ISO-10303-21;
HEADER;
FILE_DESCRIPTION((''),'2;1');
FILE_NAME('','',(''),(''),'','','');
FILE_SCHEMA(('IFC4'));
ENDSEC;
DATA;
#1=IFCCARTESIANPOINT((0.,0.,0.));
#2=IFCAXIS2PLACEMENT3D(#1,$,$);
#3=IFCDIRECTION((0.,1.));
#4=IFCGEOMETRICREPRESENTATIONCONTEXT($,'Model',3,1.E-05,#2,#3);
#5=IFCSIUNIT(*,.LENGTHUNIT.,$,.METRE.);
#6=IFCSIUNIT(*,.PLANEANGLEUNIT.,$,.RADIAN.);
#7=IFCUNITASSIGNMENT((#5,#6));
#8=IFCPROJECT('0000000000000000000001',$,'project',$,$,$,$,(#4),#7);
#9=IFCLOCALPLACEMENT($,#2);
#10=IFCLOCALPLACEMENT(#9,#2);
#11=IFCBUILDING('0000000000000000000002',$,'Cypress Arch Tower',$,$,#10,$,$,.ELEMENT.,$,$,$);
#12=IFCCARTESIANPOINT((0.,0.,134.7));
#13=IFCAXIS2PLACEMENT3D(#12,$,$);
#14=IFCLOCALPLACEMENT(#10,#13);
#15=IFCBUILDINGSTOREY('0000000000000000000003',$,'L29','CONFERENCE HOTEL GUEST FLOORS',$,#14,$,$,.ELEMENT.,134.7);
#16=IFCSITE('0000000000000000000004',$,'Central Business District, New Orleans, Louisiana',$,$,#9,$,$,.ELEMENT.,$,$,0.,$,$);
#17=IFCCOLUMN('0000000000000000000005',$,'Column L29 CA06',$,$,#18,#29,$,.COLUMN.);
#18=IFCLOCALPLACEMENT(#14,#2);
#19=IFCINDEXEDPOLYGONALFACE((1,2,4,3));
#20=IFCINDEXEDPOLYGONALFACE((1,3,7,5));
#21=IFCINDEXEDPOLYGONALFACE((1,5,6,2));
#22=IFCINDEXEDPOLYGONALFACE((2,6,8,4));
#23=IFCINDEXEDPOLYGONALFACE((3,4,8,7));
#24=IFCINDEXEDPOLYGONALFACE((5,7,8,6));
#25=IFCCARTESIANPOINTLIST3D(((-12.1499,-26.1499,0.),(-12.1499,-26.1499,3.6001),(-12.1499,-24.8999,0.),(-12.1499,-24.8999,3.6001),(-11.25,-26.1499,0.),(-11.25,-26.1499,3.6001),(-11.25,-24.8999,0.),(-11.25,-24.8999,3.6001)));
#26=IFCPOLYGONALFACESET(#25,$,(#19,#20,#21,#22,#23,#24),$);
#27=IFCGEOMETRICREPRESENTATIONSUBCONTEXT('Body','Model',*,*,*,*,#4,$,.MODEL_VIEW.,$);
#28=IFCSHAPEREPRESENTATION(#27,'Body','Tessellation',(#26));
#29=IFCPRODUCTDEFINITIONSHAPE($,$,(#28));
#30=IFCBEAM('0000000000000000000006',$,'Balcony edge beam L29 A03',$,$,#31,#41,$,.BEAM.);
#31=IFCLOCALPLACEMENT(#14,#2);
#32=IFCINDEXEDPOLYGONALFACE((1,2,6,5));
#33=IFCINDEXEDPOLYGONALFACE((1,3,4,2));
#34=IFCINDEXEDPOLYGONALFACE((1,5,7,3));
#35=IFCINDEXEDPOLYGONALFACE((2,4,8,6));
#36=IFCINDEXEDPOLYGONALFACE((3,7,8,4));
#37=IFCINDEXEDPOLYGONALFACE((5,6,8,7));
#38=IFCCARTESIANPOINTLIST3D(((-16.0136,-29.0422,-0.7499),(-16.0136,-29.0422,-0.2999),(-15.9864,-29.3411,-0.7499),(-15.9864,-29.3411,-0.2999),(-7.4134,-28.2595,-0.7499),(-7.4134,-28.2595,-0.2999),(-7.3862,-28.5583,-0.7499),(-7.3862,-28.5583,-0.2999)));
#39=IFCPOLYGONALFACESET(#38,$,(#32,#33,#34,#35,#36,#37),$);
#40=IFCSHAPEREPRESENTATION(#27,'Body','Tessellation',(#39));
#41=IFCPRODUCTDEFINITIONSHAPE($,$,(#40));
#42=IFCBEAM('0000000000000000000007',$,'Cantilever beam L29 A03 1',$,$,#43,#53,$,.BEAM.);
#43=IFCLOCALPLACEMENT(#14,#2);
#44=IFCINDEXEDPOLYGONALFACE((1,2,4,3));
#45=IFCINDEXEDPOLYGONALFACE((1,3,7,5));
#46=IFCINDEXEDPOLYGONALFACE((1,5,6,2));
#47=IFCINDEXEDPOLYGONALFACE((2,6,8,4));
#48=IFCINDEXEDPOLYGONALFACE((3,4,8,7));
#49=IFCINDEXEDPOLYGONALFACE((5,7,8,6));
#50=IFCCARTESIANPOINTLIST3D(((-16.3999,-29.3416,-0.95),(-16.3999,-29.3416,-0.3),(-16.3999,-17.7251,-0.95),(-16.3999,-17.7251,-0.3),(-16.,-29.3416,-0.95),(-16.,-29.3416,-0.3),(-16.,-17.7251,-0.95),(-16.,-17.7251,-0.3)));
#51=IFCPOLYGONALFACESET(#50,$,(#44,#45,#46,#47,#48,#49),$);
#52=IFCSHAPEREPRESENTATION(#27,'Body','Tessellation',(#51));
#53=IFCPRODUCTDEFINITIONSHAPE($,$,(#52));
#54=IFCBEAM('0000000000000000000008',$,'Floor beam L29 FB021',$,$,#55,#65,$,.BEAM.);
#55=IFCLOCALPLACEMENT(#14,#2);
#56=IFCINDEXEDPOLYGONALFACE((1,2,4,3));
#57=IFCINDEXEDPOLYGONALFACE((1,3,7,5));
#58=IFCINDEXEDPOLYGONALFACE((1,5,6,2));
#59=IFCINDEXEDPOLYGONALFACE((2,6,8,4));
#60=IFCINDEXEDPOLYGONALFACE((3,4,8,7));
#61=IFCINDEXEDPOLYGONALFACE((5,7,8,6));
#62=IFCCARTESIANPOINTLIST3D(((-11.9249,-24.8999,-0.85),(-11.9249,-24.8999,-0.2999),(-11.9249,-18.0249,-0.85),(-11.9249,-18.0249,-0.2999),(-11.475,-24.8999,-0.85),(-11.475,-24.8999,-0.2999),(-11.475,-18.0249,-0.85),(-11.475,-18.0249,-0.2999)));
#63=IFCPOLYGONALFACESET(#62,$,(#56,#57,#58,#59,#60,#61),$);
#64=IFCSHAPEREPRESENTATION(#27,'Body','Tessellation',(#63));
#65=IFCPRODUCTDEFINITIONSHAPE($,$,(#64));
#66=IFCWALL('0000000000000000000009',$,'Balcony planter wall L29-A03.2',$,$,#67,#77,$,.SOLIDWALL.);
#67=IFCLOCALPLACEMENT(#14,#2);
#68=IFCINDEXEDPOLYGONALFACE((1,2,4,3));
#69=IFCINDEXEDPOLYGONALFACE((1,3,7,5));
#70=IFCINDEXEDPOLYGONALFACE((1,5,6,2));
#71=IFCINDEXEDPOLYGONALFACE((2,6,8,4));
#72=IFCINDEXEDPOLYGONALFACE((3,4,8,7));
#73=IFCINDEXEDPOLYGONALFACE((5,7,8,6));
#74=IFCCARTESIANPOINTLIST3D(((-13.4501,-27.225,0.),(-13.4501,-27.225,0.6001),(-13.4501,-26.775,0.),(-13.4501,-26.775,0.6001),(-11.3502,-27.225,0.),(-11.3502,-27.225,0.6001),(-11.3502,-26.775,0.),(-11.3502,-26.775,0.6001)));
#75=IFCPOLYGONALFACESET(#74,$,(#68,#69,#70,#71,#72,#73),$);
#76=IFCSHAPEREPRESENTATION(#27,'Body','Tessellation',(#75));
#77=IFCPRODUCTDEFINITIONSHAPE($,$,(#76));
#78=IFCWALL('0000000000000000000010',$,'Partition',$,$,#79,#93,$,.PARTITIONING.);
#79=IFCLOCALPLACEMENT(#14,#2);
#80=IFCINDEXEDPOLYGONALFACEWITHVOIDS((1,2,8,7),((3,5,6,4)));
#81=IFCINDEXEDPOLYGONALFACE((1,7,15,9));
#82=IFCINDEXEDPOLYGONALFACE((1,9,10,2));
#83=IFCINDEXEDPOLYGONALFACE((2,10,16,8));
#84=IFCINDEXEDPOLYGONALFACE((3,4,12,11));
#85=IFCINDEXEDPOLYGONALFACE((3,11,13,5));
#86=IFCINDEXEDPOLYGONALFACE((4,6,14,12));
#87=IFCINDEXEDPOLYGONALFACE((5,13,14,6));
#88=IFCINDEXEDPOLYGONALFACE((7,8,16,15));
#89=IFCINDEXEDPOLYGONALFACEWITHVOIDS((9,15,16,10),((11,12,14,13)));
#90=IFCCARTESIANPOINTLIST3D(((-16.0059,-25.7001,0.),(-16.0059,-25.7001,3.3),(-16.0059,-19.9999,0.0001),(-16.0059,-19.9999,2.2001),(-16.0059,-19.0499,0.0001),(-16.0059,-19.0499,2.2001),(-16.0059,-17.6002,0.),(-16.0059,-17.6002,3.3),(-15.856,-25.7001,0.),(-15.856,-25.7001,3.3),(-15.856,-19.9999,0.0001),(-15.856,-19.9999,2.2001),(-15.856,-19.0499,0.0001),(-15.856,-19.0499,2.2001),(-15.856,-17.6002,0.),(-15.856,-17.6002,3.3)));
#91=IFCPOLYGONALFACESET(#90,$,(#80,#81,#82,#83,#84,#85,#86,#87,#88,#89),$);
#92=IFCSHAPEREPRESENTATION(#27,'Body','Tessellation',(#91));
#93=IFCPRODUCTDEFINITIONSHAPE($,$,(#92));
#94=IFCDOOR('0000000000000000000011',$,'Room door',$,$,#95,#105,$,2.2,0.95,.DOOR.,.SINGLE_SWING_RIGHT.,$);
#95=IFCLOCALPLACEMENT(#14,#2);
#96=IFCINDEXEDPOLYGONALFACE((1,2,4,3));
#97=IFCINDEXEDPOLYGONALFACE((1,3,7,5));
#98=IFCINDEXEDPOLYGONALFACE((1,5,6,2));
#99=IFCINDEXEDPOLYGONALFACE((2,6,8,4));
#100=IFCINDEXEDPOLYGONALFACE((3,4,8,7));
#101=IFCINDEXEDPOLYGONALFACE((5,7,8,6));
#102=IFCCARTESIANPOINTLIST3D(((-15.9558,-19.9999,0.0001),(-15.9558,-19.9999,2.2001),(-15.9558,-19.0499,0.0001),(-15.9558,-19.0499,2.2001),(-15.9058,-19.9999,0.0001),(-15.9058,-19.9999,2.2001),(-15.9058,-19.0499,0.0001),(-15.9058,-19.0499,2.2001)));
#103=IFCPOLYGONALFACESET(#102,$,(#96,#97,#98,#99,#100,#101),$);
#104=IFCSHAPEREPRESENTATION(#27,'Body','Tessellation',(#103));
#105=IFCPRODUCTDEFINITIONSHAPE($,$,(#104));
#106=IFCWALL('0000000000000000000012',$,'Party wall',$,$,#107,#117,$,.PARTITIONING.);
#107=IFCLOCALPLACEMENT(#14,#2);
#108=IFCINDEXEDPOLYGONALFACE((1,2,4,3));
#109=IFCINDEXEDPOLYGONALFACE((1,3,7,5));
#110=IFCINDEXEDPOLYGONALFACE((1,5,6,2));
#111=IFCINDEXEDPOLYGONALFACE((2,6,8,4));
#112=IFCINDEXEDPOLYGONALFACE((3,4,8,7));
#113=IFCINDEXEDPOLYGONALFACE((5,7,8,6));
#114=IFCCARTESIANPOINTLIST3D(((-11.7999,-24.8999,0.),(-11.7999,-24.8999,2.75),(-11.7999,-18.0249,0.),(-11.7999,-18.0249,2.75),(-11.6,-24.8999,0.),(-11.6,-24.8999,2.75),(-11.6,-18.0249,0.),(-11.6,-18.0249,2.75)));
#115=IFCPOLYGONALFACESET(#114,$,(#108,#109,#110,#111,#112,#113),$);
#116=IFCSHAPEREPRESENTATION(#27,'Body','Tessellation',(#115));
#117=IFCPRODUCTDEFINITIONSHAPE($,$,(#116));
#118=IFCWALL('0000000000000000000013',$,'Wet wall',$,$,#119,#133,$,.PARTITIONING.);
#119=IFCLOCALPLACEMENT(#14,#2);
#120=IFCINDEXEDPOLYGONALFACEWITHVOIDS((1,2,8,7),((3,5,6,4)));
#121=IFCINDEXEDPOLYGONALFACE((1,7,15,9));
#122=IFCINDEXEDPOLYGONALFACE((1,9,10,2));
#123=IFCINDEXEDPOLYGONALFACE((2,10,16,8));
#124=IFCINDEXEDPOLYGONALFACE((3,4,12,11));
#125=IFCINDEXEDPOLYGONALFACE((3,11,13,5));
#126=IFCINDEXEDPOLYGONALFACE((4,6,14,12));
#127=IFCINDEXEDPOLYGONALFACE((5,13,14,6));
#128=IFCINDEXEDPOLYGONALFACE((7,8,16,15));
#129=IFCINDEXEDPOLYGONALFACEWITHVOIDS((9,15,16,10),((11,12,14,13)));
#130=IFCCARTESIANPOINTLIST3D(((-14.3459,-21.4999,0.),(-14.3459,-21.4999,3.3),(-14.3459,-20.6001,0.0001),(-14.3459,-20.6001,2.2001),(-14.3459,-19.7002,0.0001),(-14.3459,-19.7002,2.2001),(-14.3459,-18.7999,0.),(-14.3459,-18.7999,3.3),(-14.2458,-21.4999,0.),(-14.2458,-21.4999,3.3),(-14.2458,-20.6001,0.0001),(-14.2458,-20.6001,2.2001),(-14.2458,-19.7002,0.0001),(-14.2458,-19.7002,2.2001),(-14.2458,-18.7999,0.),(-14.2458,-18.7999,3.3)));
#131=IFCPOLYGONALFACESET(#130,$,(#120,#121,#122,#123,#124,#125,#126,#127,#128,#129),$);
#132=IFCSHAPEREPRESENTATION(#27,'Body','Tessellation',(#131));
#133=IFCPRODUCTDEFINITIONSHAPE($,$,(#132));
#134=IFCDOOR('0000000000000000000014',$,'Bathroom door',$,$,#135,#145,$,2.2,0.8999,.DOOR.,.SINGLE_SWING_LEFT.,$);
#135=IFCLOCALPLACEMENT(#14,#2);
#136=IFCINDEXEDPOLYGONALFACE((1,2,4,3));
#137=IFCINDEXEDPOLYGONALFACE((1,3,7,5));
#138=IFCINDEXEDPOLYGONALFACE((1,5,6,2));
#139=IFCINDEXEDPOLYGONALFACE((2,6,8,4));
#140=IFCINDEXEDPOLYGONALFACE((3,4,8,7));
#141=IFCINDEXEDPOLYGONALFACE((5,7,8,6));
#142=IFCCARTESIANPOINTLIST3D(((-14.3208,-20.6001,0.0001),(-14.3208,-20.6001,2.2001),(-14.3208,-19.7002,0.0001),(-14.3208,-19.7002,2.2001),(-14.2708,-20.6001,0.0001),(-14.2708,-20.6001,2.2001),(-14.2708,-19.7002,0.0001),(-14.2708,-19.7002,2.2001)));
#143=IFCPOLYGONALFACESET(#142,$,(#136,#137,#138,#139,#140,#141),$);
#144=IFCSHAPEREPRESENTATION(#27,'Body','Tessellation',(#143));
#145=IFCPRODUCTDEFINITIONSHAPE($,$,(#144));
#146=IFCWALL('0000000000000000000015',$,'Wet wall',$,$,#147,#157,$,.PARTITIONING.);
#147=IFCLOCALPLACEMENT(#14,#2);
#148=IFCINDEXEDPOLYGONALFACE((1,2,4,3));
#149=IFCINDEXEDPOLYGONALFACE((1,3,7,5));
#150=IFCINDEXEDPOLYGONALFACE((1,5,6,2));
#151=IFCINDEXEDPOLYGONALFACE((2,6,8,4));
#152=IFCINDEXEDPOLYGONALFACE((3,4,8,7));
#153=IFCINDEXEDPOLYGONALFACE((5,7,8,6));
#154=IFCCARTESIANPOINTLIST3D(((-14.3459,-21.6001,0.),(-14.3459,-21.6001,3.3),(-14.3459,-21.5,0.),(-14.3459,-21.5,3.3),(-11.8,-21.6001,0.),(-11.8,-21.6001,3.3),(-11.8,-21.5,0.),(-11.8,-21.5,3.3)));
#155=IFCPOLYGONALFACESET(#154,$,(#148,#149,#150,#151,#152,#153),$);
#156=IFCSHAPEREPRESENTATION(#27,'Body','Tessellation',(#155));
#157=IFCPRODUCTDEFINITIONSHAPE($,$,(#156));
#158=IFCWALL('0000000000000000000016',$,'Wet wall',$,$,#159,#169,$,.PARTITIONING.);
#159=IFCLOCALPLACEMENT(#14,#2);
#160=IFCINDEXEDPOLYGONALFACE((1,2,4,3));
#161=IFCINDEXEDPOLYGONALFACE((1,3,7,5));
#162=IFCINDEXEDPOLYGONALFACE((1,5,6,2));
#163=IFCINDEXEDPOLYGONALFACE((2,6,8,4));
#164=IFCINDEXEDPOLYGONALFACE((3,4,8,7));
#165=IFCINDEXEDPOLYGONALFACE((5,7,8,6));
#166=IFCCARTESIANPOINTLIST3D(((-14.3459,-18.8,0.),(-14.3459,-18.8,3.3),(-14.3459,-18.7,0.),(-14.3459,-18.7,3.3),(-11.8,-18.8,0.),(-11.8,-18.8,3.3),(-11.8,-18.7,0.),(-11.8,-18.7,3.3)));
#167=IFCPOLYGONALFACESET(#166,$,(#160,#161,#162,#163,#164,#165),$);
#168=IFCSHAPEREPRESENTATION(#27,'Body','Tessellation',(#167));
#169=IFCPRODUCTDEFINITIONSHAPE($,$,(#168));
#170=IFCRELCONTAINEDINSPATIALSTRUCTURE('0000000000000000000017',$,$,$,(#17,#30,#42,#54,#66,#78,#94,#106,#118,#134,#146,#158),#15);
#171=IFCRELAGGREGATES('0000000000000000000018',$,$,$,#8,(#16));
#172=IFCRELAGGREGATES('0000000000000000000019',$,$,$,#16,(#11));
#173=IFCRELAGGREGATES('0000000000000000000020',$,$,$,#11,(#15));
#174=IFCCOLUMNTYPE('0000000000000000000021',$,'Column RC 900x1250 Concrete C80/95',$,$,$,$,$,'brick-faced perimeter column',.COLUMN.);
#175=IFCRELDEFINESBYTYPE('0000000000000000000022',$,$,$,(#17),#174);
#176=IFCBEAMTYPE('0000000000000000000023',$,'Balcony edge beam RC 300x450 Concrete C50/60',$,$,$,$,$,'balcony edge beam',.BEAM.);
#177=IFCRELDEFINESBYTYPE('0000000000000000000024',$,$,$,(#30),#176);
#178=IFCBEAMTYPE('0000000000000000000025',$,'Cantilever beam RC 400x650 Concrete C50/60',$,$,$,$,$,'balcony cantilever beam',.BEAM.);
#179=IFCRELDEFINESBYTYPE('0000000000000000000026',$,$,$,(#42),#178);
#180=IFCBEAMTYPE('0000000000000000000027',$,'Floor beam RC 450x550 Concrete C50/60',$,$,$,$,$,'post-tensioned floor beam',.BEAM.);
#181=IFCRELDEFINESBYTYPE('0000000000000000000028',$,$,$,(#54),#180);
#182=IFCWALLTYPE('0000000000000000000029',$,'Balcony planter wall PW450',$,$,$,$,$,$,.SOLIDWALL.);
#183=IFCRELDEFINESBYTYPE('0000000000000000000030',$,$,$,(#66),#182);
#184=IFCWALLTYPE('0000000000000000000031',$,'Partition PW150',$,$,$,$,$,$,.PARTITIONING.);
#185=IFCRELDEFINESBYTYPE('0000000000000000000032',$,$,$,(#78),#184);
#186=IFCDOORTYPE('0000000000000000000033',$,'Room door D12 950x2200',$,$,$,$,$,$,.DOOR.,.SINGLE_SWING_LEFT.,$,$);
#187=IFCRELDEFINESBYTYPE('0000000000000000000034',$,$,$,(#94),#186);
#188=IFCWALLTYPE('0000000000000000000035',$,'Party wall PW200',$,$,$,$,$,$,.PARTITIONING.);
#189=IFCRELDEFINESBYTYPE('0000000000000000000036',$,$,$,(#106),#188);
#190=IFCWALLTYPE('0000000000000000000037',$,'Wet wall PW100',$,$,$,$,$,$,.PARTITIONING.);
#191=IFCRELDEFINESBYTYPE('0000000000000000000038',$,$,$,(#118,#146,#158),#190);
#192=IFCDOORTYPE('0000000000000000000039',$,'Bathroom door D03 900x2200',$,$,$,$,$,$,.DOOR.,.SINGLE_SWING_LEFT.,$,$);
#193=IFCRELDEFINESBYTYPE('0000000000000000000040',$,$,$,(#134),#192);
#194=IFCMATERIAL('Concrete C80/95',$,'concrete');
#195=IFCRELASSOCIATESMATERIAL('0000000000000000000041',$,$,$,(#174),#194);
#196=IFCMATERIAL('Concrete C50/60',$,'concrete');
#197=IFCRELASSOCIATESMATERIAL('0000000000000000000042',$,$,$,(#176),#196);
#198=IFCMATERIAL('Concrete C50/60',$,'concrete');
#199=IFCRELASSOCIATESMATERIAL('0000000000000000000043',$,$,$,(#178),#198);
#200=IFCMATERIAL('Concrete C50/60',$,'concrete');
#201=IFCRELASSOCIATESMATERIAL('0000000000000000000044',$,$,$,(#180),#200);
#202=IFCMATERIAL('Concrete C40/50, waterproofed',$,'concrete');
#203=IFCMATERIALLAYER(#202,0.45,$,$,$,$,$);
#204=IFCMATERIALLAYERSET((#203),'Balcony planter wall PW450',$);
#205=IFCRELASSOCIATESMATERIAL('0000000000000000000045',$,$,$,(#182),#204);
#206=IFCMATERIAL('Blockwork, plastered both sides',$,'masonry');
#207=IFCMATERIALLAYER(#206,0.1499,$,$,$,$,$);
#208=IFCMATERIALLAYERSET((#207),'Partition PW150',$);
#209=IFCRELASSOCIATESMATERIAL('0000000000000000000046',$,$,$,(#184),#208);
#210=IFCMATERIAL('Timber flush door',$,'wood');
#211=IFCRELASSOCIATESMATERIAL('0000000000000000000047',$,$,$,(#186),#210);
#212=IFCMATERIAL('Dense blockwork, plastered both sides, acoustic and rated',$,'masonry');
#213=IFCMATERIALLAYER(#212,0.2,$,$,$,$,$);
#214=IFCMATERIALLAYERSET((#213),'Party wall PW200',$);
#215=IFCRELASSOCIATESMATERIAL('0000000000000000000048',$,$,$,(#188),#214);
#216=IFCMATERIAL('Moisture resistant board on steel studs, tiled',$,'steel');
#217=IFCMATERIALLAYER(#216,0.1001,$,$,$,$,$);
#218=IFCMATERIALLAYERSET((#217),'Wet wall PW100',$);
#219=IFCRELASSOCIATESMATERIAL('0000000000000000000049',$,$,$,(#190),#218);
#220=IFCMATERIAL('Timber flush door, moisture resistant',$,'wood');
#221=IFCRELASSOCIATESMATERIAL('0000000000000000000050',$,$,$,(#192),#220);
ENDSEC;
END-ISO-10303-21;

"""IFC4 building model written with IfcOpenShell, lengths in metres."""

from ifc_helpers import new_model, si_unit, direction, frame, frame_2d, origin, origin_2d, place, context, subcontext, project, spatial, rectangle, extrude, material, layer, layer_set, material_profile, profile_set, type_object, element, fill, save


model = new_model("IFC4")

# Units and contexts
model_context = context("Model", 3, precision=1e-05, world=origin(), true_north=direction((0.0, 1.0)))
body_context = subcontext(model_context, "Body", "Model", "MODEL_VIEW")
ifc_project = project(units=[si_unit("LENGTHUNIT", "METRE"), si_unit("PLANEANGLEUNIT", "RADIAN")], contexts=[model_context])

# Site, building, storey
site_placement = place(None, origin())
site = spatial("IfcSite", under=ifc_project, at=site_placement, Name="Central Business District, New Orleans, Louisiana", CompositionType="ELEMENT", RefElevation=0.0)
building_placement = place(site_placement, origin())
building = spatial("IfcBuilding", under=site, at=building_placement, Name="Cypress Arch Tower", CompositionType="ELEMENT")
storey_placement = place(building_placement, frame((0.0, 0.0, 134.7)))
storey = spatial("IfcBuildingStorey", under=building, at=storey_placement, Name="L29", Description="CONFERENCE HOTEL GUEST FLOORS", CompositionType="ELEMENT", Elevation=134.7)

# Column
ifc_material_1 = material(Name="Concrete C80/95", Category="concrete")
ifc_material_profile_1 = material_profile(ifc_material_1, rectangle(XDim=0.8999, YDim=1.25, at=origin_2d()), Name="RC 900x1250")
ifc_profile_set_1 = profile_set([ifc_material_profile_1], Name="Concrete C80/95")
column_type = type_object("IfcColumnType", Name="Column RC 900x1250 Concrete C80/95", ElementType="brick-faced perimeter column", PredefinedType="COLUMN", material=ifc_profile_set_1)
column_placement = place(storey_placement, frame((-11.7, -25.5249, 0.0), z_axis=(0.0, 0.0, 1.0), x_axis=(1.0, 0.0, 0.0)))
element("IfcColumn", 1, at=column_placement, inside=storey, type_object=column_type, Name="Column L29 CA06", PredefinedType="COLUMN", context=body_context, shape_type="SweptSolid", body=[
    extrude(rectangle(XDim=0.8999, YDim=1.25, at=origin_2d()), origin(), (0.0, 0.0, 1.0), 3.6001),
])

# Beams
ifc_material_2 = material(Name="Concrete C50/60", Category="concrete")
ifc_material_profile_2 = material_profile(ifc_material_2, rectangle(XDim=0.3, YDim=0.45, at=origin_2d()), Name="RC 300x450")
ifc_profile_set_2 = profile_set([ifc_material_profile_2], Name="Concrete C50/60")
beam_type_1 = type_object("IfcBeamType", Name="Balcony edge beam RC 300x450 Concrete C50/60", ElementType="balcony edge beam", PredefinedType="BEAM", material=ifc_profile_set_2)
beam_1_placement = place(storey_placement, frame((-16.0, -29.1917, -0.5249), z_axis=(0.995884, 0.090638, 0.0), x_axis=(-0.090638, 0.995884, 0.0)))
element("IfcBeam", 2, at=beam_1_placement, inside=storey, type_object=beam_type_1, Name="Balcony edge beam L29 A03", PredefinedType="BEAM", context=body_context, shape_type="SweptSolid", body=[
    extrude(rectangle(XDim=0.3, YDim=0.45, at=origin_2d()), origin(), (0.0, 0.0, 1.0), 8.6357),
])
ifc_material_3 = material(Name="Concrete C50/60", Category="concrete")
ifc_material_profile_3 = material_profile(ifc_material_3, rectangle(XDim=0.3999, YDim=0.6499, at=origin_2d()), Name="RC 400x650")
ifc_profile_set_3 = profile_set([ifc_material_profile_3], Name="Concrete C50/60")
beam_type_2 = type_object("IfcBeamType", Name="Cantilever beam RC 400x650 Concrete C50/60", ElementType="balcony cantilever beam", PredefinedType="BEAM", material=ifc_profile_set_3)
beam_2_placement = place(storey_placement, frame((-16.2, -17.7251, -0.625), z_axis=(0.0, -1.0, 0.0), x_axis=(1.0, 0.0, 0.0)))
element("IfcBeam", 3, at=beam_2_placement, inside=storey, type_object=beam_type_2, Name="Cantilever beam L29 A03 1", PredefinedType="BEAM", context=body_context, shape_type="SweptSolid", body=[
    extrude(rectangle(XDim=0.3999, YDim=0.6499, at=origin_2d()), origin(), (0.0, 0.0, 1.0), 11.6165),
])
ifc_material_4 = material(Name="Concrete C50/60", Category="concrete")
ifc_material_profile_4 = material_profile(ifc_material_4, rectangle(XDim=0.45, YDim=0.55, at=origin_2d()), Name="RC 450x550")
ifc_profile_set_4 = profile_set([ifc_material_profile_4], Name="Concrete C50/60")
beam_type_3 = type_object("IfcBeamType", Name="Floor beam RC 450x550 Concrete C50/60", ElementType="post-tensioned floor beam", PredefinedType="BEAM", material=ifc_profile_set_4)
beam_3_placement = place(storey_placement, frame((-11.7, -24.8999, -0.575), z_axis=(0.0, 1.0, 0.0), x_axis=(-1.0, 0.0, 0.0)))
element("IfcBeam", 4, at=beam_3_placement, inside=storey, type_object=beam_type_3, Name="Floor beam L29 FB021", PredefinedType="BEAM", context=body_context, shape_type="SweptSolid", body=[
    extrude(rectangle(XDim=0.45, YDim=0.55, at=origin_2d()), origin(), (0.0, 0.0, 1.0), 6.875),
])

# Wall
ifc_material_5 = material(Name="Concrete C40/50, waterproofed", Category="concrete")
ifc_layer_1 = layer(ifc_material_5, 0.45)
ifc_layer_set_1 = layer_set([ifc_layer_1], Name="Balcony planter wall PW450")
wall_type_1 = type_object("IfcWallType", Name="Balcony planter wall PW450", PredefinedType="SOLIDWALL", material=ifc_layer_set_1)
wall_1_placement = place(storey_placement, frame((-13.45, -27.0, 0.0), z_axis=(0.0, 0.0, 1.0), x_axis=(1.0, 0.0, 0.0)))
element("IfcWall", 5, at=wall_1_placement, inside=storey, type_object=wall_type_1, Name="Balcony planter wall L29-A03.2", PredefinedType="SOLIDWALL", context=body_context, shape_type="SweptSolid", body=[
    extrude(rectangle(XDim=2.0999, YDim=0.45, at=frame_2d((1.0498, 0.0))), origin(), (0.0, 0.0, 1.0), 0.6001),
])

# Wall, opening, door
ifc_material_6 = material(Name="Blockwork, plastered both sides", Category="masonry")
ifc_layer_2 = layer(ifc_material_6, 0.1499)
ifc_layer_set_2 = layer_set([ifc_layer_2], Name="Partition PW150")
wall_type_2 = type_object("IfcWallType", Name="Partition PW150", PredefinedType="PARTITIONING", material=ifc_layer_set_2)
wall_2_placement = place(storey_placement, frame((-15.9309, -25.7, 0.0), z_axis=(0.0, 0.0, 1.0), x_axis=(0.0, 1.0, 0.0)))
wall_2 = element("IfcWall", 6, at=wall_2_placement, inside=storey, type_object=wall_type_2, Name="Partition", PredefinedType="PARTITIONING", context=body_context, shape_type="SweptSolid", body=[
    extrude(rectangle(XDim=8.0999, YDim=0.1499, at=frame_2d((4.0498, 0.0))), origin(), (0.0, 0.0, 1.0), 3.3),
])
opening_1_placement = place(wall_2_placement, frame((5.7, 0.0, 0.0)))
opening_1 = element("IfcOpeningElement", 7, at=opening_1_placement, cuts=wall_2, PredefinedType="OPENING", context=body_context, shape_type="SweptSolid", body=[
    extrude(rectangle(XDim=0.95, YDim=2.2, at=frame_2d((0.4751, 1.1001))), frame((0.0, 0.085, 0.0), z_axis=(0.0, -1.0, 0.0), x_axis=(1.0, 0.0, 0.0)), (0.0, 0.0, 1.0), 0.1699),
])
ifc_material_7 = material(Name="Timber flush door", Category="wood")
door_type_1 = type_object("IfcDoorType", Name="Room door D12 950x2200", OperationType="SINGLE_SWING_LEFT", PredefinedType="DOOR", material=ifc_material_7)
door_1_placement = place(opening_1_placement, origin())
door_1 = element("IfcDoor", 8, at=door_1_placement, inside=storey, type_object=door_type_1, Name="Room door", OperationType="SINGLE_SWING_RIGHT", OverallHeight=2.2, OverallWidth=0.95, PredefinedType="DOOR", context=body_context, shape_type="SweptSolid", body=[
    extrude(rectangle(XDim=0.95, YDim=2.2, at=frame_2d((0.4751, 1.1001))), frame((0.0, 0.0249, 0.0), z_axis=(0.0, -1.0, 0.0), x_axis=(1.0, 0.0, 0.0)), (0.0, 0.0, 1.0), 0.05),
])
fill(opening_1, door_1)

# Wall
ifc_material_8 = material(Name="Dense blockwork, plastered both sides, acoustic and rated", Category="masonry")
ifc_layer_3 = layer(ifc_material_8, 0.2)
ifc_layer_set_3 = layer_set([ifc_layer_3], Name="Party wall PW200")
wall_type_3 = type_object("IfcWallType", Name="Party wall PW200", PredefinedType="PARTITIONING", material=ifc_layer_set_3)
wall_3_placement = place(storey_placement, frame((-11.7, -24.8999, 0.0), z_axis=(0.0, 0.0, 1.0), x_axis=(0.0, 1.0, 0.0)))
element("IfcWall", 9, at=wall_3_placement, inside=storey, type_object=wall_type_3, Name="Party wall", PredefinedType="PARTITIONING", context=body_context, shape_type="SweptSolid", body=[
    extrude(rectangle(XDim=6.875, YDim=0.2, at=frame_2d((3.4375, 0.0))), origin(), (0.0, 0.0, 1.0), 2.75),
])

# Wall, opening, door
ifc_material_9 = material(Name="Moisture resistant board on steel studs, tiled", Category="steel")
ifc_layer_4 = layer(ifc_material_9, 0.1001)
ifc_layer_set_4 = layer_set([ifc_layer_4], Name="Wet wall PW100")
wall_type_4 = type_object("IfcWallType", Name="Wet wall PW100", PredefinedType="PARTITIONING", material=ifc_layer_set_4)
wall_4_placement = place(storey_placement, frame((-14.2959, -21.5, 0.0), z_axis=(0.0, 0.0, 1.0), x_axis=(0.0, 1.0, 0.0)))
wall_4 = element("IfcWall", 10, at=wall_4_placement, inside=storey, type_object=wall_type_4, Name="Wet wall", PredefinedType="PARTITIONING", context=body_context, shape_type="SweptSolid", body=[
    extrude(rectangle(XDim=2.7, YDim=0.1001, at=frame_2d((1.3501, 0.0))), origin(), (0.0, 0.0, 1.0), 3.3),
])
opening_2_placement = place(wall_4_placement, frame((0.8999, 0.0, 0.0)))
opening_2 = element("IfcOpeningElement", 11, at=opening_2_placement, cuts=wall_4, PredefinedType="OPENING", context=body_context, shape_type="SweptSolid", body=[
    extrude(rectangle(XDim=0.8999, YDim=2.2, at=frame_2d((0.45, 1.1001))), frame((0.0, 0.0601, 0.0), z_axis=(0.0, -1.0, 0.0), x_axis=(1.0, 0.0, 0.0)), (0.0, 0.0, 1.0), 0.1201),
])
ifc_material_10 = material(Name="Timber flush door, moisture resistant", Category="wood")
door_type_2 = type_object("IfcDoorType", Name="Bathroom door D03 900x2200", OperationType="SINGLE_SWING_LEFT", PredefinedType="DOOR", material=ifc_material_10)
door_2_placement = place(opening_2_placement, origin())
door_2 = element("IfcDoor", 12, at=door_2_placement, inside=storey, type_object=door_type_2, Name="Bathroom door", OperationType="SINGLE_SWING_LEFT", OverallHeight=2.2, OverallWidth=0.8999, PredefinedType="DOOR", context=body_context, shape_type="SweptSolid", body=[
    extrude(rectangle(XDim=0.8999, YDim=2.2, at=frame_2d((0.45, 1.1001))), frame((0.0, 0.0249, 0.0), z_axis=(0.0, -1.0, 0.0), x_axis=(1.0, 0.0, 0.0)), (0.0, 0.0, 1.0), 0.05),
])
fill(opening_2, door_2)

# Walls
for number, where, z_axis, x_axis, name in (
    (13, (-14.3459, -21.55, 0.0), (0.0, 0.0, 1.0), (1.0, 0.0, 0.0), "Wet wall"),
    (14, (-14.3459, -18.75, 0.0), (0.0, 0.0, 1.0), (1.0, 0.0, 0.0), "Wet wall"),
):
    element("IfcWall", number, at=place(storey_placement, frame(where, z_axis=z_axis, x_axis=x_axis)), inside=storey, type_object=wall_type_4, Name=name, PredefinedType="PARTITIONING", context=body_context, shape_type="SweptSolid", body=[
        extrude(rectangle(XDim=2.5459, YDim=0.1001, at=frame_2d((1.2729, 0.0))), origin(), (0.0, 0.0, 1.0), 3.3),
    ])

save(model, "model.ifc")
